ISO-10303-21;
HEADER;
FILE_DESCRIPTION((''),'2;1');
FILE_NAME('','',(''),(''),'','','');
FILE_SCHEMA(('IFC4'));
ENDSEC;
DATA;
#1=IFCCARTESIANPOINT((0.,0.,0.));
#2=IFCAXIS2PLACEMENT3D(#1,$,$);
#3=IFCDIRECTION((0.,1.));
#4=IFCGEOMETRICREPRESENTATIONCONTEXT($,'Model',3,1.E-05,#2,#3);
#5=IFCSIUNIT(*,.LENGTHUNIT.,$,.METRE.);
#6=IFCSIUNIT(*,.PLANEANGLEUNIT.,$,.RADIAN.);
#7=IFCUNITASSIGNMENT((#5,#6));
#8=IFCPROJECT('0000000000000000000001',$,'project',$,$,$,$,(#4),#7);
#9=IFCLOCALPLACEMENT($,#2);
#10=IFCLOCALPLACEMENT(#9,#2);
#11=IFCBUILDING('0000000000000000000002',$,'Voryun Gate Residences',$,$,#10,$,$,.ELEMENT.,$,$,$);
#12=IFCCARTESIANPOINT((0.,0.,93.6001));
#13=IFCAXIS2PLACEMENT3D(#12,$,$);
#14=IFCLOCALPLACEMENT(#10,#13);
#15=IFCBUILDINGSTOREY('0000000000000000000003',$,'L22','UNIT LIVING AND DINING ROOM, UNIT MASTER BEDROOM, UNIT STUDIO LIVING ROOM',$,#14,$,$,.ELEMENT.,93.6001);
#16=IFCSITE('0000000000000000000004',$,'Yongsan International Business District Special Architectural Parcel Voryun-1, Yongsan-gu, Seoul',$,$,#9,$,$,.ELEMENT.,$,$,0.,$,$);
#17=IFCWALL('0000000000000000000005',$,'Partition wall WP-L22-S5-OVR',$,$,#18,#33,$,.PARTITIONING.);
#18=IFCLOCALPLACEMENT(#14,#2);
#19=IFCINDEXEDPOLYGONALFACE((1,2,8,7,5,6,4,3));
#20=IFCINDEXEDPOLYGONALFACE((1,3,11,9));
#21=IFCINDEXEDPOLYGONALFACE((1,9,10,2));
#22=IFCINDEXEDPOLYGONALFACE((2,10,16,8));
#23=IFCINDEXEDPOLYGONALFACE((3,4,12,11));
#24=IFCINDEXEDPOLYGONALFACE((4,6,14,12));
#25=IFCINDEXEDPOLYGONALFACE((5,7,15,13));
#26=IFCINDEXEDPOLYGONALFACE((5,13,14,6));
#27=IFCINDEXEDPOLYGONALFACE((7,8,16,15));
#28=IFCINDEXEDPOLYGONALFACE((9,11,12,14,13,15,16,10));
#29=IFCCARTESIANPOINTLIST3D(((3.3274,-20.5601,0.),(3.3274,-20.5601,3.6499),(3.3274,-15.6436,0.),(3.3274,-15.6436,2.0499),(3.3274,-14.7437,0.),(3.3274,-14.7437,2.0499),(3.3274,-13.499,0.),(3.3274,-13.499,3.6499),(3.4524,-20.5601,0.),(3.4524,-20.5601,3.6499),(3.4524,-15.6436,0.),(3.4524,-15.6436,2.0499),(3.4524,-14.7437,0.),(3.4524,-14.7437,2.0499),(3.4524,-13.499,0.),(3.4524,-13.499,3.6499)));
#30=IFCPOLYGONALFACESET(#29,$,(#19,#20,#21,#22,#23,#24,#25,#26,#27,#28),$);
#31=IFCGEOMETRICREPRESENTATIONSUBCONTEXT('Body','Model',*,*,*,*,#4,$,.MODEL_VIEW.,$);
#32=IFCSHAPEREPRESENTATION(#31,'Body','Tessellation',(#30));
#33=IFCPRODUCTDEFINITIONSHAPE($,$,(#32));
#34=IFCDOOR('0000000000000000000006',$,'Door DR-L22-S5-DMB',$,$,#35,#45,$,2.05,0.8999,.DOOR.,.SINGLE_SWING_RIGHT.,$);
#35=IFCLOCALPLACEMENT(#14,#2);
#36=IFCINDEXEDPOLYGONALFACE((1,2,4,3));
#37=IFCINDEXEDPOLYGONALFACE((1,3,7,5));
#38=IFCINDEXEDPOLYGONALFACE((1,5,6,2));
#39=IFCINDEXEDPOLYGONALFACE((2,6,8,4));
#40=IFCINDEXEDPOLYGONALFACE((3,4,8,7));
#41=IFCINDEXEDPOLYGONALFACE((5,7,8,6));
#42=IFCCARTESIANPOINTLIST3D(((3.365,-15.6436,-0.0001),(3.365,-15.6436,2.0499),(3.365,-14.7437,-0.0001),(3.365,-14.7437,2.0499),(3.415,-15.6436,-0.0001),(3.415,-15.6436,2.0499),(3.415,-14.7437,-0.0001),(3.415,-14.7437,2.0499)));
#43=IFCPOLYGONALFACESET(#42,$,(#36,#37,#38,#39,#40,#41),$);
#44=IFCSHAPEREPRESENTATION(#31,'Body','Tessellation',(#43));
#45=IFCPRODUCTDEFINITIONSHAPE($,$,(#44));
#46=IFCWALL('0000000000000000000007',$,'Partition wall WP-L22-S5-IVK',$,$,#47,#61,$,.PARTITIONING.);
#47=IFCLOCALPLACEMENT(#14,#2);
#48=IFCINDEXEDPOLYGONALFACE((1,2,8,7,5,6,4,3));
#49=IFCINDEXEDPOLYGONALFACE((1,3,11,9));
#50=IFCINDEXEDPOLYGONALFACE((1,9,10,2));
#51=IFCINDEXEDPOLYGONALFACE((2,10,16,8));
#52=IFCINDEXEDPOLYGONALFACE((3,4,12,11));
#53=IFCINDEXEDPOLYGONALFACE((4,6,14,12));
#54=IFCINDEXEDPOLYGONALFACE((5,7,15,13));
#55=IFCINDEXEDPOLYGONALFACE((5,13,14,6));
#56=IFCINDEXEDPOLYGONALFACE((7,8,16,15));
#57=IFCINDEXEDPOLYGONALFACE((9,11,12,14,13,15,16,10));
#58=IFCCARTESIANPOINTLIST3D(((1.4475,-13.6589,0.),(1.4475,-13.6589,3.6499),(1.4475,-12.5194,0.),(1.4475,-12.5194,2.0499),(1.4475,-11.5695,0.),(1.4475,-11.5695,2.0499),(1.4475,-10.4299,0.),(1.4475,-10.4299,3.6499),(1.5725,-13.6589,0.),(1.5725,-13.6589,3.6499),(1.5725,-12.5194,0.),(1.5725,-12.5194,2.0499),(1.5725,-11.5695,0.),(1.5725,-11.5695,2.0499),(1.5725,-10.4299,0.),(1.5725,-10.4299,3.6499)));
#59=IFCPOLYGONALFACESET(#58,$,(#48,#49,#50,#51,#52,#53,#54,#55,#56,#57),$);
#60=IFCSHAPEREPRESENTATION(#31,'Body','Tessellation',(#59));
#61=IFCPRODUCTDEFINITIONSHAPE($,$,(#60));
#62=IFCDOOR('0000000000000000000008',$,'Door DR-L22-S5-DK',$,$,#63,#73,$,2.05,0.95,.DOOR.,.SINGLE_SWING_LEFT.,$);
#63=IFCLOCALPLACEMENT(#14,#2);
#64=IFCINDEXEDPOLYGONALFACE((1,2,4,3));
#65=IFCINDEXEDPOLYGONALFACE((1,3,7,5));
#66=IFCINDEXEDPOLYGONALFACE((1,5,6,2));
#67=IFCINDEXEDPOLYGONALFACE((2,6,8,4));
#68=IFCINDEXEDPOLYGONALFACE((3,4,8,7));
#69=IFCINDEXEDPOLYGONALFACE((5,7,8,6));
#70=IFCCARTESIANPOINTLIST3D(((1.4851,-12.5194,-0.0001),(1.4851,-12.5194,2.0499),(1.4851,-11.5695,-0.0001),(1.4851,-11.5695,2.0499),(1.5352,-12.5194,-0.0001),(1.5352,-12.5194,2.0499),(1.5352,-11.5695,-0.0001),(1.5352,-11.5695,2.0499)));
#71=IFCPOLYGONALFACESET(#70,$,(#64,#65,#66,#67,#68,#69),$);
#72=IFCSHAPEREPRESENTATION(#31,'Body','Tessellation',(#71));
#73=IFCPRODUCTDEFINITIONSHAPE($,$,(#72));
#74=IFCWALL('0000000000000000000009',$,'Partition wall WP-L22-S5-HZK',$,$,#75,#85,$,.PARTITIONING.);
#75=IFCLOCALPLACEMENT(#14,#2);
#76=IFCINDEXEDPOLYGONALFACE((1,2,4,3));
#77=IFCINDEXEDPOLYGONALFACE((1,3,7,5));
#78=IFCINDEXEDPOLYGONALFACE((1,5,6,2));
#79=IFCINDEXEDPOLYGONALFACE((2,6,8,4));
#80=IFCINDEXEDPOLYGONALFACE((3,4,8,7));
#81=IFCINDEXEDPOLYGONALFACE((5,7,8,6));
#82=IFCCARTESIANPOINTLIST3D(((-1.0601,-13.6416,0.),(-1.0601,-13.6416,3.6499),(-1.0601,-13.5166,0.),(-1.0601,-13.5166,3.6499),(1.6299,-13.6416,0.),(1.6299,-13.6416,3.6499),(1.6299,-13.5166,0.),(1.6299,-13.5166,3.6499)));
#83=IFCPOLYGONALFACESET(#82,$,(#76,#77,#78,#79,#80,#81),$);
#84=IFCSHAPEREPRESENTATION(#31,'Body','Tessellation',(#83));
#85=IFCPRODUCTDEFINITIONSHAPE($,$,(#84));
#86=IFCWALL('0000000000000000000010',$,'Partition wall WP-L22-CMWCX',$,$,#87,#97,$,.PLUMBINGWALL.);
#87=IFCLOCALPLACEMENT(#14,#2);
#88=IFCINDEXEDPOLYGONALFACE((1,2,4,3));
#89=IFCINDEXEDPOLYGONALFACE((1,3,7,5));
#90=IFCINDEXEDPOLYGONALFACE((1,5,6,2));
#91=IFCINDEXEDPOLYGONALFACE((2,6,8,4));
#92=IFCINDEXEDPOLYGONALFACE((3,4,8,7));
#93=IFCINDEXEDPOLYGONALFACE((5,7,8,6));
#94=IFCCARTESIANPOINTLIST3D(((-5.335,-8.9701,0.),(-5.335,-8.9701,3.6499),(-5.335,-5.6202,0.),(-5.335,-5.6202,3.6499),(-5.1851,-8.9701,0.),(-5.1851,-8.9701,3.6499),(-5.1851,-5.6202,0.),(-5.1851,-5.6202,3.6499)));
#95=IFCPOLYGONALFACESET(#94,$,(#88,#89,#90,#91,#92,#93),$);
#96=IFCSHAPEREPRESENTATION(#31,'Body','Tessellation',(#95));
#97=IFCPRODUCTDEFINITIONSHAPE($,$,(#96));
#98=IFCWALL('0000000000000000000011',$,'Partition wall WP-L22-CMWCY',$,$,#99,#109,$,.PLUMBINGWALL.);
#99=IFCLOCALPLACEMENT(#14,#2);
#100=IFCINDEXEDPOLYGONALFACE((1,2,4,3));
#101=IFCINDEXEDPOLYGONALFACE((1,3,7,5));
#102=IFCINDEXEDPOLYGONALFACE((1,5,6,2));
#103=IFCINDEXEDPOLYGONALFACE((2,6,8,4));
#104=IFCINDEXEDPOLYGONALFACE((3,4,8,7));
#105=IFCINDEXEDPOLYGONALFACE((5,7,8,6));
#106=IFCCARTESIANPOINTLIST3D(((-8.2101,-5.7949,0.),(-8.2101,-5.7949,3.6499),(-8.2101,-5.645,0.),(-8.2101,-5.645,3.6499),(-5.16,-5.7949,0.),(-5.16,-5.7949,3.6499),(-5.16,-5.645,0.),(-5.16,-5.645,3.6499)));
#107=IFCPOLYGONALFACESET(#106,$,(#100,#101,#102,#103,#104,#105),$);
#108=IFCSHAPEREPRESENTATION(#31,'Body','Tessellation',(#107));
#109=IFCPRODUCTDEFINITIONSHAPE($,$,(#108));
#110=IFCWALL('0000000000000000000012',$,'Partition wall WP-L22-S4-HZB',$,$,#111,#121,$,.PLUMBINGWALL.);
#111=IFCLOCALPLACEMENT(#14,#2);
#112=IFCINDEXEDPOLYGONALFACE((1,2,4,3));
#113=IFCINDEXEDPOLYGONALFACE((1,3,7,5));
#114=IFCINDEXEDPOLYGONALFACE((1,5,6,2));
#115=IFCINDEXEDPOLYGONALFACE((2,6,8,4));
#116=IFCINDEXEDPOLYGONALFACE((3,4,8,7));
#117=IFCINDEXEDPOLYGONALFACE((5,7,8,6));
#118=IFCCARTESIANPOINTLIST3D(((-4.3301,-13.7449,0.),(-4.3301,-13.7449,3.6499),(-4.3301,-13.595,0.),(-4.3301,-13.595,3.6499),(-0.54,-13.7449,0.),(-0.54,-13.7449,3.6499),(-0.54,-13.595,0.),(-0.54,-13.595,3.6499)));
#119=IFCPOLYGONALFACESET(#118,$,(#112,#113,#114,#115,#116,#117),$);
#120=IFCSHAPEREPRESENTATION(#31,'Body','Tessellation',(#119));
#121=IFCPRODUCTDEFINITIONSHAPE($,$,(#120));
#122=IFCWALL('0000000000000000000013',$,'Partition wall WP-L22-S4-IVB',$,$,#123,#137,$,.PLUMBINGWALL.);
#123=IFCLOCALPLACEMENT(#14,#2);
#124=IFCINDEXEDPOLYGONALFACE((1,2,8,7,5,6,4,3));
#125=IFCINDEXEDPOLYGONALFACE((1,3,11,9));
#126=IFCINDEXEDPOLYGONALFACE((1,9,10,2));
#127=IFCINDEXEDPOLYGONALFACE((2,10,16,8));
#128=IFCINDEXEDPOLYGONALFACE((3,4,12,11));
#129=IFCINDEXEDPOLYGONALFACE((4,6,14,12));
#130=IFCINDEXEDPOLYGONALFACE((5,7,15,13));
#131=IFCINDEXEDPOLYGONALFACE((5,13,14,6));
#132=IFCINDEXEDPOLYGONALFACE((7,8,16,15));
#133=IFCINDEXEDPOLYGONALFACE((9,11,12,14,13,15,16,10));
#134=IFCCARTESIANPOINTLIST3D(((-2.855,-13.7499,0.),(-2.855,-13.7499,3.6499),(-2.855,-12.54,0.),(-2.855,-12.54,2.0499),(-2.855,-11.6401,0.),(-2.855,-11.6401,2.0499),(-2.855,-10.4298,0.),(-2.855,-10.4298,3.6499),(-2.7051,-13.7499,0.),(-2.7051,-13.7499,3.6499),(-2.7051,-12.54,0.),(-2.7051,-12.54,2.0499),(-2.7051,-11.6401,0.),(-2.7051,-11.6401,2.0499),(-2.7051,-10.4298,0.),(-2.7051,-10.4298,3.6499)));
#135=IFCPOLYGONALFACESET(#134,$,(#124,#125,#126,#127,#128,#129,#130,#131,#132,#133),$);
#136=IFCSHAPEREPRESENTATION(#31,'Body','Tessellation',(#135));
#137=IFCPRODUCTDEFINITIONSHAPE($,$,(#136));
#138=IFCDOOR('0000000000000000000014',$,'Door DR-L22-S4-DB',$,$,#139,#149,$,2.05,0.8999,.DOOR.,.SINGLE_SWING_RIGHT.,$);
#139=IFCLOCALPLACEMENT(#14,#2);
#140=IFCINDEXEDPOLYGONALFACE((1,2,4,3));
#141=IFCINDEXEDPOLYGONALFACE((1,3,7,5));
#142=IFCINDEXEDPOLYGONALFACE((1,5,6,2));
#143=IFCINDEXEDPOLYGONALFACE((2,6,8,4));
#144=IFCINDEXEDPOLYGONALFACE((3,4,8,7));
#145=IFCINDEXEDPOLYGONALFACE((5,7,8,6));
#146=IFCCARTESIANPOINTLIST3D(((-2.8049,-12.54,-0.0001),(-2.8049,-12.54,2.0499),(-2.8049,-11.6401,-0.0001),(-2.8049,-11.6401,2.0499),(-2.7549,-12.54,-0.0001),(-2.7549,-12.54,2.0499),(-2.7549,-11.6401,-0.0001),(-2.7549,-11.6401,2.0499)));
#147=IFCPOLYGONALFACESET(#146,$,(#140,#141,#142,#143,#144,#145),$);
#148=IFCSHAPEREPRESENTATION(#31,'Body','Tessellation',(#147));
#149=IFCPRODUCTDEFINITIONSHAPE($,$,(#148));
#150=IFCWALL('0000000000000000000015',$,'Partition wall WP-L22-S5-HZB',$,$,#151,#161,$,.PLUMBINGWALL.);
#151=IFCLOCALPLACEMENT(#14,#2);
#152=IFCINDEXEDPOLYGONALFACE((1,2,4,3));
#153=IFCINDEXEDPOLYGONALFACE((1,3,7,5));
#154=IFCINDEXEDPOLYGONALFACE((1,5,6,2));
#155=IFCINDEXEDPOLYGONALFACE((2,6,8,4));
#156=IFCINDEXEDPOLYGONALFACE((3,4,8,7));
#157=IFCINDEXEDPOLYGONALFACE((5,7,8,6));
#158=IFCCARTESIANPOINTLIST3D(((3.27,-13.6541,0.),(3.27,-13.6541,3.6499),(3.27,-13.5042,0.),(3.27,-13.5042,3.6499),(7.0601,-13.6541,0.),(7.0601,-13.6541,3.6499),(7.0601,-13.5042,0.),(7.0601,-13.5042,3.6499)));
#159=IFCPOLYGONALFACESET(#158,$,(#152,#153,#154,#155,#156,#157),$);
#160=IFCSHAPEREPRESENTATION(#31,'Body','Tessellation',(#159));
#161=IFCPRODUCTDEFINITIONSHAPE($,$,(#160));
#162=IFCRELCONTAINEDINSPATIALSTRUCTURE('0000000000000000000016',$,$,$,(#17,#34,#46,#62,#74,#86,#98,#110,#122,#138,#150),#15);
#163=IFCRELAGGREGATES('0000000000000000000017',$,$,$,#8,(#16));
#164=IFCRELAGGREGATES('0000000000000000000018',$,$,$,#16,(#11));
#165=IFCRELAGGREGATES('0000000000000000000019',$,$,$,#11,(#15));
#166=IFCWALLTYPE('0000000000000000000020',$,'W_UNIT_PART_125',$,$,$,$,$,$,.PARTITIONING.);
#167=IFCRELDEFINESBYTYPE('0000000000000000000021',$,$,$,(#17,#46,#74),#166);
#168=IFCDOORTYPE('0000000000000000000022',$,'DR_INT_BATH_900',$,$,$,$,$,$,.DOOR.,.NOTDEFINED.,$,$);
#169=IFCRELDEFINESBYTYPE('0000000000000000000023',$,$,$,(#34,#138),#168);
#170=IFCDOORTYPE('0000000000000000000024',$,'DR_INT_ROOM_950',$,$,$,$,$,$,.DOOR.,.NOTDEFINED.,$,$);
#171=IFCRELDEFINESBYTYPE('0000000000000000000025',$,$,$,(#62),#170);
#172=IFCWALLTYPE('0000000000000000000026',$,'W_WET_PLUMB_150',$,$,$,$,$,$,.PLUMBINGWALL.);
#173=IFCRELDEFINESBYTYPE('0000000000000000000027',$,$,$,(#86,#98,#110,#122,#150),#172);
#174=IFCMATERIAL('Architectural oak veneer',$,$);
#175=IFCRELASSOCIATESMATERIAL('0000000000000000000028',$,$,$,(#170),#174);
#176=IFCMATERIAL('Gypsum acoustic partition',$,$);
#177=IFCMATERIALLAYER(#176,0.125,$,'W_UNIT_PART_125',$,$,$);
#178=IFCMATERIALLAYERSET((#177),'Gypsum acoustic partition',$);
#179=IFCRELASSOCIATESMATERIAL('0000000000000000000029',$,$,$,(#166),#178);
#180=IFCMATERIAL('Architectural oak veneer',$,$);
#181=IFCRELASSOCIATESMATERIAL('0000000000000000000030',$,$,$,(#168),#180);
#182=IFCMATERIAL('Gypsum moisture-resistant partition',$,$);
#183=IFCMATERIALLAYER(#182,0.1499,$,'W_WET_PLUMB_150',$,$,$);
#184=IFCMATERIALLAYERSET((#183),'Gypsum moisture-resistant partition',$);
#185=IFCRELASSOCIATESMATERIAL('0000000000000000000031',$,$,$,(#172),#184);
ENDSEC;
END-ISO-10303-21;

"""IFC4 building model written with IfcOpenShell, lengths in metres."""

from ifc_helpers import new_model, si_unit, direction, frame, frame_2d, origin, place, context, subcontext, project, spatial, rectangle, extrude, material, layer, layer_set, type_object, element, fill, save


model = new_model("IFC4")

# Units and contexts
model_context = context("Model", 3, precision=1e-05, world=origin(), true_north=direction((0.0, 1.0)))
body_context = subcontext(model_context, "Body", "Model", "MODEL_VIEW")
ifc_project = project(units=[si_unit("LENGTHUNIT", "METRE"), si_unit("PLANEANGLEUNIT", "RADIAN")], contexts=[model_context])

# Site, building, storey
site_placement = place(None, origin())
site = spatial("IfcSite", under=ifc_project, at=site_placement, Name="Yongsan International Business District Special Architectural Parcel Voryun-1, Yongsan-gu, Seoul", CompositionType="ELEMENT", RefElevation=0.0)
building_placement = place(site_placement, origin())
building = spatial("IfcBuilding", under=site, at=building_placement, Name="Voryun Gate Residences", CompositionType="ELEMENT")
storey_placement = place(building_placement, frame((0.0, 0.0, 93.6001)))
storey = spatial("IfcBuildingStorey", under=building, at=storey_placement, Name="L22", Description="UNIT LIVING AND DINING ROOM, UNIT MASTER BEDROOM, UNIT STUDIO LIVING ROOM", CompositionType="ELEMENT", Elevation=93.6001)

# Shared definitions
ifc_material_1 = material(Name="Architectural oak veneer")
door_type_1 = type_object("IfcDoorType", Name="DR_INT_ROOM_950", OperationType="NOTDEFINED", PredefinedType="DOOR", material=ifc_material_1)

# Walls, openings, doors
ifc_material_2 = material(Name="Gypsum acoustic partition")
ifc_layer_1 = layer(ifc_material_2, 0.125, Name="W_UNIT_PART_125")
ifc_layer_set_1 = layer_set([ifc_layer_1], Name="Gypsum acoustic partition")
wall_type_1 = type_object("IfcWallType", Name="W_UNIT_PART_125", PredefinedType="PARTITIONING", material=ifc_layer_set_1)
ifc_material_3 = material(Name="Architectural oak veneer")
door_type_2 = type_object("IfcDoorType", Name="DR_INT_BATH_900", OperationType="NOTDEFINED", PredefinedType="DOOR", material=ifc_material_3)
wall_1_placement = place(storey_placement, frame((3.3899, -20.5601, 0.0), z_axis=(0.0, 0.0, 1.0), x_axis=(0.0, 1.0, 0.0)))
wall_1 = element("IfcWall", 1, at=wall_1_placement, inside=storey, type_object=wall_type_1, Name="Partition wall WP-L22-S5-OVR", PredefinedType="PARTITIONING", context=body_context, shape_type="SweptSolid", body=[
    extrude(rectangle(XDim=7.061, YDim=0.125, at=frame_2d((3.5305, 0.0))), origin(), (0.0, 0.0, 1.0), 3.6499),
])
opening_1_placement = place(wall_1_placement, frame((4.9165, 0.0, 0.0)))
opening_1 = element("IfcOpeningElement", 2, at=opening_1_placement, cuts=wall_1, PredefinedType="OPENING", context=body_context, shape_type="SweptSolid", body=[
    extrude(rectangle(XDim=0.8999, YDim=2.05, at=frame_2d((0.45, 1.0249))), frame((0.0, 0.0725, 0.0), z_axis=(0.0, -1.0, 0.0), x_axis=(1.0, 0.0, 0.0)), (0.0, 0.0, 1.0), 0.145),
])
door_1_placement = place(opening_1_placement, origin())
door_1 = element("IfcDoor", 3, at=door_1_placement, inside=storey, type_object=door_type_2, Name="Door DR-L22-S5-DMB", OperationType="SINGLE_SWING_RIGHT", OverallHeight=2.05, OverallWidth=0.8999, PredefinedType="DOOR", context=body_context, shape_type="SweptSolid", body=[
    extrude(rectangle(XDim=0.8999, YDim=2.05, at=frame_2d((0.45, 1.0249))), frame((0.0, 0.0249, 0.0), z_axis=(0.0, -1.0, 0.0), x_axis=(1.0, 0.0, 0.0)), (0.0, 0.0, 1.0), 0.05),
])
fill(opening_1, door_1)
wall_2_placement = place(storey_placement, frame((1.51, -13.6589, 0.0), z_axis=(0.0, 0.0, 1.0), x_axis=(0.0, 1.0, 0.0)))
wall_2 = element("IfcWall", 4, at=wall_2_placement, inside=storey, type_object=wall_type_1, Name="Partition wall WP-L22-S5-IVK", PredefinedType="PARTITIONING", context=body_context, shape_type="SweptSolid", body=[
    extrude(rectangle(XDim=3.229, YDim=0.125, at=frame_2d((1.6145, 0.0))), origin(), (0.0, 0.0, 1.0), 3.6499),
])
opening_2_placement = place(wall_2_placement, frame((1.1394, 0.0, 0.0)))
opening_2 = element("IfcOpeningElement", 5, at=opening_2_placement, cuts=wall_2, PredefinedType="OPENING", context=body_context, shape_type="SweptSolid", body=[
    extrude(rectangle(XDim=0.95, YDim=2.05, at=frame_2d((0.4751, 1.0249))), frame((0.0, 0.0725, 0.0), z_axis=(0.0, -1.0, 0.0), x_axis=(1.0, 0.0, 0.0)), (0.0, 0.0, 1.0), 0.145),
])
door_2_placement = place(opening_2_placement, origin())
door_2 = element("IfcDoor", 6, at=door_2_placement, inside=storey, type_object=door_type_1, Name="Door DR-L22-S5-DK", OperationType="SINGLE_SWING_LEFT", OverallHeight=2.05, OverallWidth=0.95, PredefinedType="DOOR", context=body_context, shape_type="SweptSolid", body=[
    extrude(rectangle(XDim=0.95, YDim=2.05, at=frame_2d((0.4751, 1.0249))), frame((0.0, 0.0249, 0.0), z_axis=(0.0, -1.0, 0.0), x_axis=(1.0, 0.0, 0.0)), (0.0, 0.0, 1.0), 0.05),
])
fill(opening_2, door_2)

# Walls
wall_3_placement = place(storey_placement, frame((-1.0601, -13.5791, 0.0), z_axis=(0.0, 0.0, 1.0), x_axis=(1.0, 0.0, 0.0)))
element("IfcWall", 7, at=wall_3_placement, inside=storey, type_object=wall_type_1, Name="Partition wall WP-L22-S5-HZK", PredefinedType="PARTITIONING", context=body_context, shape_type="SweptSolid", body=[
    extrude(rectangle(XDim=2.6899, YDim=0.125, at=frame_2d((1.345, 0.0))), origin(), (0.0, 0.0, 1.0), 3.6499),
])
ifc_material_4 = material(Name="Gypsum moisture-resistant partition")
ifc_layer_2 = layer(ifc_material_4, 0.1499, Name="W_WET_PLUMB_150")
ifc_layer_set_2 = layer_set([ifc_layer_2], Name="Gypsum moisture-resistant partition")
wall_type_2 = type_object("IfcWallType", Name="W_WET_PLUMB_150", PredefinedType="PLUMBINGWALL", material=ifc_layer_set_2)
wall_4_placement = place(storey_placement, frame((-5.26, -8.97, 0.0), z_axis=(0.0, 0.0, 1.0), x_axis=(0.0, 1.0, 0.0)))
element("IfcWall", 8, at=wall_4_placement, inside=storey, type_object=wall_type_2, Name="Partition wall WP-L22-CMWCX", PredefinedType="PLUMBINGWALL", context=body_context, shape_type="SweptSolid", body=[
    extrude(rectangle(XDim=3.3499, YDim=0.1499, at=frame_2d((1.6748, 0.0))), origin(), (0.0, 0.0, 1.0), 3.6499),
])
wall_5_placement = place(storey_placement, frame((-8.21, -5.72, 0.0), z_axis=(0.0, 0.0, 1.0), x_axis=(1.0, 0.0, 0.0)))
element("IfcWall", 9, at=wall_5_placement, inside=storey, type_object=wall_type_2, Name="Partition wall WP-L22-CMWCY", PredefinedType="PLUMBINGWALL", context=body_context, shape_type="SweptSolid", body=[
    extrude(rectangle(XDim=3.05, YDim=0.1499, at=frame_2d((1.5249, 0.0))), origin(), (0.0, 0.0, 1.0), 3.6499),
])
wall_6_placement = place(storey_placement, frame((-4.3301, -13.6699, 0.0), z_axis=(0.0, 0.0, 1.0), x_axis=(1.0, 0.0, 0.0)))
element("IfcWall", 10, at=wall_6_placement, inside=storey, type_object=wall_type_2, Name="Partition wall WP-L22-S4-HZB", PredefinedType="PLUMBINGWALL", context=body_context, shape_type="SweptSolid", body=[
    extrude(rectangle(XDim=3.79, YDim=0.1499, at=frame_2d((1.895, 0.0))), origin(), (0.0, 0.0, 1.0), 3.6499),
])

# Wall, opening, door
wall_7_placement = place(storey_placement, frame((-2.78, -13.75, 0.0), z_axis=(0.0, 0.0, 1.0), x_axis=(0.0, 1.0, 0.0)))
wall_7 = element("IfcWall", 11, at=wall_7_placement, inside=storey, type_object=wall_type_2, Name="Partition wall WP-L22-S4-IVB", PredefinedType="PLUMBINGWALL", context=body_context, shape_type="SweptSolid", body=[
    extrude(rectangle(XDim=3.3201, YDim=0.1499, at=frame_2d((1.6602, 0.0))), origin(), (0.0, 0.0, 1.0), 3.6499),
])
opening_3_placement = place(wall_7_placement, frame((1.21, 0.0, 0.0)))
opening_3 = element("IfcOpeningElement", 12, at=opening_3_placement, cuts=wall_7, PredefinedType="OPENING", context=body_context, shape_type="SweptSolid", body=[
    extrude(rectangle(XDim=0.8999, YDim=2.05, at=frame_2d((0.45, 1.0249))), frame((0.0, 0.085, 0.0), z_axis=(0.0, -1.0, 0.0), x_axis=(1.0, 0.0, 0.0)), (0.0, 0.0, 1.0), 0.1699),
])
door_3_placement = place(opening_3_placement, origin())
door_3 = element("IfcDoor", 13, at=door_3_placement, inside=storey, type_object=door_type_2, Name="Door DR-L22-S4-DB", OperationType="SINGLE_SWING_RIGHT", OverallHeight=2.05, OverallWidth=0.8999, PredefinedType="DOOR", context=body_context, shape_type="SweptSolid", body=[
    extrude(rectangle(XDim=0.8999, YDim=2.05, at=frame_2d((0.45, 1.0249))), frame((0.0, 0.0249, 0.0), z_axis=(0.0, -1.0, 0.0), x_axis=(1.0, 0.0, 0.0)), (0.0, 0.0, 1.0), 0.05),
])
fill(opening_3, door_3)

# Wall
wall_8_placement = place(storey_placement, frame((3.27, -13.5791, 0.0), z_axis=(0.0, 0.0, 1.0), x_axis=(1.0, 0.0, 0.0)))
element("IfcWall", 14, at=wall_8_placement, inside=storey, type_object=wall_type_2, Name="Partition wall WP-L22-S5-HZB", PredefinedType="PLUMBINGWALL", context=body_context, shape_type="SweptSolid", body=[
    extrude(rectangle(XDim=3.79, YDim=0.1499, at=frame_2d((1.895, 0.0))), origin(), (0.0, 0.0, 1.0), 3.6499),
])

save(model, "model.ifc")
